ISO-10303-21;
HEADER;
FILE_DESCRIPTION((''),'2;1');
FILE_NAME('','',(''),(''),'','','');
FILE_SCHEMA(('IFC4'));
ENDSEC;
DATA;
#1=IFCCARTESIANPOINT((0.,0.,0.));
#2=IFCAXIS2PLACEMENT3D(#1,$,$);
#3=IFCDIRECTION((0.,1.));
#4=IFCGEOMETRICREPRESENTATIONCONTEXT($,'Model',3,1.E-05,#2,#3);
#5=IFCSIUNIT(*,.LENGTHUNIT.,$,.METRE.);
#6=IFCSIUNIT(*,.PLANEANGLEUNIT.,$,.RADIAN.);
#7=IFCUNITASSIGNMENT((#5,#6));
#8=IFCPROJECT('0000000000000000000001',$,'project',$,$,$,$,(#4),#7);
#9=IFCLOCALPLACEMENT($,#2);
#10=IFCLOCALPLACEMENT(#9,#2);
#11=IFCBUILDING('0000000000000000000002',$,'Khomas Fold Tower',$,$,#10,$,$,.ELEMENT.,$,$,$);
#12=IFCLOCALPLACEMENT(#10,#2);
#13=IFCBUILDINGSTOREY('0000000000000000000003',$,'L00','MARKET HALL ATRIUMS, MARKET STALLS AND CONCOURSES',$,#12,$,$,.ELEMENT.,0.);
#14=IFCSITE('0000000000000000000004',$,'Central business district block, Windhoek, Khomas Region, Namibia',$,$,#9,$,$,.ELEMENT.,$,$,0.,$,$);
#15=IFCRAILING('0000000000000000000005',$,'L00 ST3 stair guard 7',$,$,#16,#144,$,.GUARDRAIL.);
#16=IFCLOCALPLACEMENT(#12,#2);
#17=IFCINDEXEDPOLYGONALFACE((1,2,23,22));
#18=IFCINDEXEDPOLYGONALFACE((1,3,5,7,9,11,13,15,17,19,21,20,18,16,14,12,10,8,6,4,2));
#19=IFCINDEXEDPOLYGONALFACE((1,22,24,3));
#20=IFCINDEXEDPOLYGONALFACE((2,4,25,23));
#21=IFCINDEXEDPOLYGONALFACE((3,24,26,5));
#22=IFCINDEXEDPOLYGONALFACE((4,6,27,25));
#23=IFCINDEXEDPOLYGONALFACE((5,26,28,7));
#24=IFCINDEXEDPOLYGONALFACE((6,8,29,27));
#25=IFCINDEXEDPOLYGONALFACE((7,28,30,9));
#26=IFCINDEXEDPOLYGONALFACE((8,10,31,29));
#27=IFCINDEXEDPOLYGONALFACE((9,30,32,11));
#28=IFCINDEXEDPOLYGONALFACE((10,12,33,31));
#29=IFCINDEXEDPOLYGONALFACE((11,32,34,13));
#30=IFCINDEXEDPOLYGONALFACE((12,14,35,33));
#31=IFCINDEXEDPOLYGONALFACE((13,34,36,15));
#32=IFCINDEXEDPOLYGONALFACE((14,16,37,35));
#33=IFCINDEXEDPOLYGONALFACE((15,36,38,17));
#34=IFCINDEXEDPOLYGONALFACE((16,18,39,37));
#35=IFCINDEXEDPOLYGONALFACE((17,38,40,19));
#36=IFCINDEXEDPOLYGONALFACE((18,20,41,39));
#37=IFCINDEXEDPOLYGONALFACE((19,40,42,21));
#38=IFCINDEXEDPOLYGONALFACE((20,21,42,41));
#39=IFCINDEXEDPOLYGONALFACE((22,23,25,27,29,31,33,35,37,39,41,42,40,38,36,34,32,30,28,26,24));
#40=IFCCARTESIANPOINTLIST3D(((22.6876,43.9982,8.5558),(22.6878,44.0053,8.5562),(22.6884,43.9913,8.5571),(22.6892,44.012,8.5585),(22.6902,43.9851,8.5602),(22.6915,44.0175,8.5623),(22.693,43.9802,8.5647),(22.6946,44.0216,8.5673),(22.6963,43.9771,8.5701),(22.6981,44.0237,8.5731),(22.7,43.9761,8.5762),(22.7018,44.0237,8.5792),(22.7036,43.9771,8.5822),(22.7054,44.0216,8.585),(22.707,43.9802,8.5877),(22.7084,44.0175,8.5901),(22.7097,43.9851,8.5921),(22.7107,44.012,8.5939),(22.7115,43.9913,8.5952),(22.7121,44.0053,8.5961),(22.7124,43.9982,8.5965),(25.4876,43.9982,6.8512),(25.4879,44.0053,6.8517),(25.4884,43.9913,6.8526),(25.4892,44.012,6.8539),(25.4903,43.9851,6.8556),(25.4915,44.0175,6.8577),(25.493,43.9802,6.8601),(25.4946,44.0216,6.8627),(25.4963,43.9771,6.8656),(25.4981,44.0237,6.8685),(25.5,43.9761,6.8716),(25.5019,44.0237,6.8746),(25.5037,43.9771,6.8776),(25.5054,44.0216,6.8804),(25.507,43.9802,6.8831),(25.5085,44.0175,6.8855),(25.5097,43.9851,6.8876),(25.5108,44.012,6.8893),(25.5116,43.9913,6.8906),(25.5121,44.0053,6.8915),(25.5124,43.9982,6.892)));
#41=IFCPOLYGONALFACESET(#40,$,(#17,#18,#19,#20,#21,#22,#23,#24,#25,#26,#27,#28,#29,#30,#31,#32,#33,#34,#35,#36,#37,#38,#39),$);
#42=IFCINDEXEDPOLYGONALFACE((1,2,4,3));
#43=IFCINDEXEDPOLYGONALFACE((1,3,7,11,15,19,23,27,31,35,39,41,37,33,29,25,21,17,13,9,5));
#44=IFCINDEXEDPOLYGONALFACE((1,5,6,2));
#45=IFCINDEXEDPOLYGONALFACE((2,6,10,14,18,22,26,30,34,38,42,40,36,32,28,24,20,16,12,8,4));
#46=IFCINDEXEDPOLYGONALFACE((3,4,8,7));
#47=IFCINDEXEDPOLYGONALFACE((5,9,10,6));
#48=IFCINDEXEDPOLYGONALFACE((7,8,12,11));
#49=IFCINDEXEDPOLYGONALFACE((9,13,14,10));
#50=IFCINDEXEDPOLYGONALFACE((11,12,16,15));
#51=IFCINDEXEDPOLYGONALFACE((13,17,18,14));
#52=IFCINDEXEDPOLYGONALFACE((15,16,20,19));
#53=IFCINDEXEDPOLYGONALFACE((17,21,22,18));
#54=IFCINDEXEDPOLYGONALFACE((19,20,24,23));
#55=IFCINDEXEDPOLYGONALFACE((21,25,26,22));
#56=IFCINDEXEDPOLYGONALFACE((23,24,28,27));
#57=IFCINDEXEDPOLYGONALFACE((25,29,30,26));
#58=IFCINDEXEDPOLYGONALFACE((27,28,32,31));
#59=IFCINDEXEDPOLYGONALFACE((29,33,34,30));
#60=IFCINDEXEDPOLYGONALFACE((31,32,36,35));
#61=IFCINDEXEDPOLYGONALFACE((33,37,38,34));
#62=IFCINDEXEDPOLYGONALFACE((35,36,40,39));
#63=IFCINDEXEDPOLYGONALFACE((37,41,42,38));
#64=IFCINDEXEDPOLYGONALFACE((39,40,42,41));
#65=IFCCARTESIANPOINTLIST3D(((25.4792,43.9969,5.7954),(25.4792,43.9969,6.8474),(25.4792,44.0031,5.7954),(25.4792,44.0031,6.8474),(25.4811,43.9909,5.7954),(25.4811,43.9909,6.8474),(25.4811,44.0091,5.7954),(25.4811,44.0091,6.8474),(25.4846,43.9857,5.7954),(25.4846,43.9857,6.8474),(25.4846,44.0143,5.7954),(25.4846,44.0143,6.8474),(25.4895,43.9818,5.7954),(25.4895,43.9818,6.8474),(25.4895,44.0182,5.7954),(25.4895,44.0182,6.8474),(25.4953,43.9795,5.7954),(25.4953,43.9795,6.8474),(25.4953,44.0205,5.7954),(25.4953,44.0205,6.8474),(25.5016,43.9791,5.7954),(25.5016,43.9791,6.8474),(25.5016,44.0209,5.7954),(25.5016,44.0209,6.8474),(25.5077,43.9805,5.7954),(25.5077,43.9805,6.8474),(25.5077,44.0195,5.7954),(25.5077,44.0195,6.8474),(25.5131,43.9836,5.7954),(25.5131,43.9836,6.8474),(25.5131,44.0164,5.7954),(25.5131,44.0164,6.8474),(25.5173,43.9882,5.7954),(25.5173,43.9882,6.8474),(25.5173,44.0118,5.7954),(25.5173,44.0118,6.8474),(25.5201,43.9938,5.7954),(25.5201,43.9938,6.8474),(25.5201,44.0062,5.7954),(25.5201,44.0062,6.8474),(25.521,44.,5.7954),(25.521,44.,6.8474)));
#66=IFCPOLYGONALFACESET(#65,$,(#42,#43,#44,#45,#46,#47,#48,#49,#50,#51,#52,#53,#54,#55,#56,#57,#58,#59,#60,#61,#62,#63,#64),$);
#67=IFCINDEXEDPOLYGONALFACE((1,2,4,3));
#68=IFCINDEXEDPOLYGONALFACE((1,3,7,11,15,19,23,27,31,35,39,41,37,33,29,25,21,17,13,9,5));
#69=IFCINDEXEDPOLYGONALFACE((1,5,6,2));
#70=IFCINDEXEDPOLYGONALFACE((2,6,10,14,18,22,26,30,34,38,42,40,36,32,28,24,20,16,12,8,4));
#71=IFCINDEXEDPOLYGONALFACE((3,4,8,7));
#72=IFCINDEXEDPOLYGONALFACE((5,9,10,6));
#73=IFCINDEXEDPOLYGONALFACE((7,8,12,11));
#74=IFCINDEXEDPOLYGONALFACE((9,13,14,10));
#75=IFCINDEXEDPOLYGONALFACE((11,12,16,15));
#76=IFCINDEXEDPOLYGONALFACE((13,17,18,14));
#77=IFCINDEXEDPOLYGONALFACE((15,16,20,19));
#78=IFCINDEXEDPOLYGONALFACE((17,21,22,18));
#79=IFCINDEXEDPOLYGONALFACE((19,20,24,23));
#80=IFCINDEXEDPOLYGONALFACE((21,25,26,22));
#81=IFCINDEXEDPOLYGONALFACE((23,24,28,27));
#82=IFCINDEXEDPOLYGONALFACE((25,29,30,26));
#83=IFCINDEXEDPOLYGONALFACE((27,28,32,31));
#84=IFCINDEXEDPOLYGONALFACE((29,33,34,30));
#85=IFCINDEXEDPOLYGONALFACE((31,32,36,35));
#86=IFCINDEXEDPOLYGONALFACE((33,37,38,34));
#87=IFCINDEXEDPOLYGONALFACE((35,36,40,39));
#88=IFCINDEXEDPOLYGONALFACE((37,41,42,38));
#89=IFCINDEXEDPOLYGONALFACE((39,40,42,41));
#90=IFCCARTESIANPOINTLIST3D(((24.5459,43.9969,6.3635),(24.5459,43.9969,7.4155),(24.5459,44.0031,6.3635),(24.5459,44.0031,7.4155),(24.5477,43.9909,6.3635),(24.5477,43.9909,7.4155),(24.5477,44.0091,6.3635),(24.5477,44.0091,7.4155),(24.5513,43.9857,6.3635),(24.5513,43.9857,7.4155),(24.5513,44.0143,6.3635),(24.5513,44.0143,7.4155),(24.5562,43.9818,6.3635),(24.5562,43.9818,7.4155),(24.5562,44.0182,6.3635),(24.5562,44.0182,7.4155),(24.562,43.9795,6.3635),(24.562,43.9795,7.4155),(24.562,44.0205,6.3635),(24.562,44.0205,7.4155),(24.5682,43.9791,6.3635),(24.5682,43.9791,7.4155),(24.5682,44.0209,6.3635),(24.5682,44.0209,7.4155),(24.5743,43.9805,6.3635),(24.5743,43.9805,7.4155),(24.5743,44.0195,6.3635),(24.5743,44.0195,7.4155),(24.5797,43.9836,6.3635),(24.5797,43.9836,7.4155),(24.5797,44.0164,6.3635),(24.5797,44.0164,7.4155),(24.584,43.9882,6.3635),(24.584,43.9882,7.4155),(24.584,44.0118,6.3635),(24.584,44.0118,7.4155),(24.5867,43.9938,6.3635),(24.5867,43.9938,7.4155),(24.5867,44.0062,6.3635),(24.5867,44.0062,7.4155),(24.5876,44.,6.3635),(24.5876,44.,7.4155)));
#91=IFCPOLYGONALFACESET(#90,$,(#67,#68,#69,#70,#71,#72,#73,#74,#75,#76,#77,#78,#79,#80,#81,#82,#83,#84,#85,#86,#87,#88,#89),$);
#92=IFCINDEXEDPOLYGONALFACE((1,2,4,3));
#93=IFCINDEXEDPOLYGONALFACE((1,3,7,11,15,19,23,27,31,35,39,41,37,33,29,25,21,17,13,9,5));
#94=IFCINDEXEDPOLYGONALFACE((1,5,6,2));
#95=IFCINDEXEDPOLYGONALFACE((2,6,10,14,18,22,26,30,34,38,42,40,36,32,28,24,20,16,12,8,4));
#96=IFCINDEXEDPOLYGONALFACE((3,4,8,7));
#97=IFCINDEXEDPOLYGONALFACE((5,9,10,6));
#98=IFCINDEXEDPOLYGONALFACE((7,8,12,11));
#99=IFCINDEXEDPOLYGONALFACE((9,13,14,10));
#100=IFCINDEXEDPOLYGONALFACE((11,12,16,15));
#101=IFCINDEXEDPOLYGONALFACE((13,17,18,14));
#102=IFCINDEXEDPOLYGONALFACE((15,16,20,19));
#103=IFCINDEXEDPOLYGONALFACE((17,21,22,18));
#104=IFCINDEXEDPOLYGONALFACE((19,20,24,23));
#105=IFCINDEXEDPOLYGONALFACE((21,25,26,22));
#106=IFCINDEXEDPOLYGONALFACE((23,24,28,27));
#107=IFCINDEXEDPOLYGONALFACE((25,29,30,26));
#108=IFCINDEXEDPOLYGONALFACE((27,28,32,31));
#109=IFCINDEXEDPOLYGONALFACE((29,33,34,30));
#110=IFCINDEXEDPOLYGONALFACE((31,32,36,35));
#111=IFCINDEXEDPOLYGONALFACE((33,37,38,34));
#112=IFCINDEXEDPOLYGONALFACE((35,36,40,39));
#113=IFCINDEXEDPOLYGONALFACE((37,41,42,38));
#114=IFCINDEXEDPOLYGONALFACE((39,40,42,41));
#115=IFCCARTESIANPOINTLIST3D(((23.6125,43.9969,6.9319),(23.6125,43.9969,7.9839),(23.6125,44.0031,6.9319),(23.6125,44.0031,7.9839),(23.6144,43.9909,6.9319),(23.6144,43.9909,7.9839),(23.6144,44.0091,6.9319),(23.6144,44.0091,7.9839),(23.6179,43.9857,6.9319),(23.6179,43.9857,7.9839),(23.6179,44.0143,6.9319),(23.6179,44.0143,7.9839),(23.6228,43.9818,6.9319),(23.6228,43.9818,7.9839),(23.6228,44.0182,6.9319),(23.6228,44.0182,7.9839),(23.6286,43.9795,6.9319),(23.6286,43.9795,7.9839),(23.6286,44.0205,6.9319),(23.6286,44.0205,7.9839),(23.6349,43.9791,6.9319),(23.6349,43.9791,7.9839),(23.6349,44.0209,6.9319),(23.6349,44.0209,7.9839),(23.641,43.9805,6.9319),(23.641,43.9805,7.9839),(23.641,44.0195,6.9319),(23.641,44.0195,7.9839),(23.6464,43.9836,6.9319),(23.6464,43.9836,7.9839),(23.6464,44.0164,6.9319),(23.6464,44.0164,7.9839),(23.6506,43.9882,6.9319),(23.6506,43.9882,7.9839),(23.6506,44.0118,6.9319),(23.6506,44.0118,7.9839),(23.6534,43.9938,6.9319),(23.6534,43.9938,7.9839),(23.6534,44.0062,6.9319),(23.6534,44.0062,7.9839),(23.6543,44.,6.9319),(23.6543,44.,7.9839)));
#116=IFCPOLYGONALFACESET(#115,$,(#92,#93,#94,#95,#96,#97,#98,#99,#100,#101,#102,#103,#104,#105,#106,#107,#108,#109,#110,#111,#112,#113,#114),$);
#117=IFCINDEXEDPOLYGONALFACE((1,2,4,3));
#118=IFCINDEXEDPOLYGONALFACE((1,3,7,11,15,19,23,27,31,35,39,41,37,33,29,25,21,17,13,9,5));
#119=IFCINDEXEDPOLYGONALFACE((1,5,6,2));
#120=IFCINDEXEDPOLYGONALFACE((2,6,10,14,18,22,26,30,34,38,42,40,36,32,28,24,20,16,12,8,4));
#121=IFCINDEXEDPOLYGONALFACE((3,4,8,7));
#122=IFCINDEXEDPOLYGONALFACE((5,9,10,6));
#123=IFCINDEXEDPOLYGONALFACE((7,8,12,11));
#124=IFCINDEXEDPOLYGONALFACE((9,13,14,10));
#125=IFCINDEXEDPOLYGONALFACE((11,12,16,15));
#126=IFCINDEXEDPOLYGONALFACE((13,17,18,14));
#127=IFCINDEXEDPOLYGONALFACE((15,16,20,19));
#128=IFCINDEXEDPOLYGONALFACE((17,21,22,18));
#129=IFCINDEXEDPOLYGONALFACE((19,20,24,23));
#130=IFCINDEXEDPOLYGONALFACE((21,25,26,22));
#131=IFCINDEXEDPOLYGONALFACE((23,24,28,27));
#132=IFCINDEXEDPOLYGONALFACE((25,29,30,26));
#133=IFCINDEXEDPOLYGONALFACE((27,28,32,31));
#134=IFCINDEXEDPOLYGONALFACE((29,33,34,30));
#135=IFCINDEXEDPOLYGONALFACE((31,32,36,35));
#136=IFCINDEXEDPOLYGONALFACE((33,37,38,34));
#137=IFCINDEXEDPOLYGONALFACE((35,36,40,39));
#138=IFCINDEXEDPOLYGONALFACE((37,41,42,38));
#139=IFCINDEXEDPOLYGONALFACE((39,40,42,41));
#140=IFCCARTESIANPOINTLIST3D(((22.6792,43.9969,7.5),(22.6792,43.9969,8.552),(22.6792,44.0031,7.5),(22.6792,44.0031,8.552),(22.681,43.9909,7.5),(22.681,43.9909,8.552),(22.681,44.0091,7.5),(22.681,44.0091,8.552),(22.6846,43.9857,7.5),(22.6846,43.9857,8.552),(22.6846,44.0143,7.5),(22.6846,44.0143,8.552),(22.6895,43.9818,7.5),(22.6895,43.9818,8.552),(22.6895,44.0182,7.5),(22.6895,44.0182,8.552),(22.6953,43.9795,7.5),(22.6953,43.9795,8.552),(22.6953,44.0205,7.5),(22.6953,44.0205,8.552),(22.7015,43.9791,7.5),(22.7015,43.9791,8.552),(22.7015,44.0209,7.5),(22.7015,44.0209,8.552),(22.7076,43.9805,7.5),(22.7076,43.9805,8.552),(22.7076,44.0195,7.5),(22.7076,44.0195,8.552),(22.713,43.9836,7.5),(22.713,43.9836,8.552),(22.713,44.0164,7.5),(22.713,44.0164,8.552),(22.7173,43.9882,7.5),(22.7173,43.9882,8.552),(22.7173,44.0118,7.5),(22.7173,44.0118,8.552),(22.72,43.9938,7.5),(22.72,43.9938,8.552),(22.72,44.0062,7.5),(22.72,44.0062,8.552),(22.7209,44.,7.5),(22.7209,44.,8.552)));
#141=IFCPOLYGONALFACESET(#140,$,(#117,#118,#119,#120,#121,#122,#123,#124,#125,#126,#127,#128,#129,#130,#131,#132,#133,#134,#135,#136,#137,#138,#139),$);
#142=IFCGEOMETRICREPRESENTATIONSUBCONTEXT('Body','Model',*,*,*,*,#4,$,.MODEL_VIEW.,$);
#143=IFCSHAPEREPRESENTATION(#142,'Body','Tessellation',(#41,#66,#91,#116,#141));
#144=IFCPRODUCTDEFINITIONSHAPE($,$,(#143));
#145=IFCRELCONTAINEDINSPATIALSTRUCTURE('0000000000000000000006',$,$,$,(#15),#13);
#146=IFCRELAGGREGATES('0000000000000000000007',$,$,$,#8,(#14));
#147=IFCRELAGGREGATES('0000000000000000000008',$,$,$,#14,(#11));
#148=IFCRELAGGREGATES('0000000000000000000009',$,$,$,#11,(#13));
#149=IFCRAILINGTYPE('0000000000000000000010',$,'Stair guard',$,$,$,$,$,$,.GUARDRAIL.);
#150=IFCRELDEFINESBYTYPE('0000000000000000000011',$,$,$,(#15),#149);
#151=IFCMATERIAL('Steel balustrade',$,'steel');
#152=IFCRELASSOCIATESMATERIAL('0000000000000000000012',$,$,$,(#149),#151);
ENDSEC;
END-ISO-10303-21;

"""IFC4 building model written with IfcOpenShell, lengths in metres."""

from ifc_helpers import new_model, si_unit, direction, frame, origin, origin_2d, place, context, subcontext, project, spatial, circle, extrude, source, transform, mapped, material, type_object, element, save


model = new_model("IFC4")

# Units and contexts
model_context = context("Model", 3, precision=1e-05, world=origin(), true_north=direction((0.0, 1.0)))
body_context = subcontext(model_context, "Body", "Model", "MODEL_VIEW")
ifc_project = project(units=[si_unit("LENGTHUNIT", "METRE"), si_unit("PLANEANGLEUNIT", "RADIAN")], contexts=[model_context])

# Site, building, storey
site_placement = place(None, origin())
site = spatial("IfcSite", under=ifc_project, at=site_placement, Name="Central business district block, Windhoek, Khomas Region, Namibia", CompositionType="ELEMENT", RefElevation=0.0)
building_placement = place(site_placement, origin())
building = spatial("IfcBuilding", under=site, at=building_placement, Name="Khomas Fold Tower", CompositionType="ELEMENT")
storey_placement = place(building_placement, origin())
storey = spatial("IfcBuildingStorey", under=building, at=storey_placement, Name="L00", Description="MARKET HALL ATRIUMS, MARKET STALLS AND CONCOURSES", CompositionType="ELEMENT", Elevation=0.0)

# Railing
ifc_material_1 = material(Name="Steel balustrade", Category="steel")
railing_type_1 = type_object("IfcRailingType", Name="Stair guard", PredefinedType="GUARDRAIL", material=ifc_material_1)
shared_shape_1 = source(origin(), body_context, "Body", "SweptSolid", [
    extrude(circle(Radius=0.0239, at=origin_2d()), frame((0.0, 0.0, 1.0762), z_axis=(-0.85417, 0.0, 0.519994), x_axis=(0.0, -1.0, 0.0)), (0.0, 0.0, 1.0), 3.2781),
    extrude(circle(Radius=0.021, at=origin_2d()), origin(), (0.0, 0.0, 1.0), 1.052),
    extrude(circle(Radius=0.021, at=origin_2d()), frame((-0.9333, 0.0, 0.5681)), (0.0, 0.0, 1.0), 1.052),
    extrude(circle(Radius=0.021, at=origin_2d()), frame((-1.8667, 0.0, 1.1365)), (0.0, 0.0, 1.0), 1.052),
    extrude(circle(Radius=0.021, at=origin_2d()), frame((-2.8, 0.0, 1.7046)), (0.0, 0.0, 1.0), 1.052),
])
for number, where, name in (
    (1, (25.5, 44.0, 5.7954), "L00 ST3 stair guard 7"),
):
    element("IfcRailing", number, at=place(storey_placement, frame(where)), inside=storey, type_object=railing_type_1, Name=name, PredefinedType="GUARDRAIL", context=body_context, shape_type="MappedRepresentation", body=[
        mapped(shared_shape_1, transform((0.0, 0.0, 0.0))),
    ])

save(model, "model.ifc")
